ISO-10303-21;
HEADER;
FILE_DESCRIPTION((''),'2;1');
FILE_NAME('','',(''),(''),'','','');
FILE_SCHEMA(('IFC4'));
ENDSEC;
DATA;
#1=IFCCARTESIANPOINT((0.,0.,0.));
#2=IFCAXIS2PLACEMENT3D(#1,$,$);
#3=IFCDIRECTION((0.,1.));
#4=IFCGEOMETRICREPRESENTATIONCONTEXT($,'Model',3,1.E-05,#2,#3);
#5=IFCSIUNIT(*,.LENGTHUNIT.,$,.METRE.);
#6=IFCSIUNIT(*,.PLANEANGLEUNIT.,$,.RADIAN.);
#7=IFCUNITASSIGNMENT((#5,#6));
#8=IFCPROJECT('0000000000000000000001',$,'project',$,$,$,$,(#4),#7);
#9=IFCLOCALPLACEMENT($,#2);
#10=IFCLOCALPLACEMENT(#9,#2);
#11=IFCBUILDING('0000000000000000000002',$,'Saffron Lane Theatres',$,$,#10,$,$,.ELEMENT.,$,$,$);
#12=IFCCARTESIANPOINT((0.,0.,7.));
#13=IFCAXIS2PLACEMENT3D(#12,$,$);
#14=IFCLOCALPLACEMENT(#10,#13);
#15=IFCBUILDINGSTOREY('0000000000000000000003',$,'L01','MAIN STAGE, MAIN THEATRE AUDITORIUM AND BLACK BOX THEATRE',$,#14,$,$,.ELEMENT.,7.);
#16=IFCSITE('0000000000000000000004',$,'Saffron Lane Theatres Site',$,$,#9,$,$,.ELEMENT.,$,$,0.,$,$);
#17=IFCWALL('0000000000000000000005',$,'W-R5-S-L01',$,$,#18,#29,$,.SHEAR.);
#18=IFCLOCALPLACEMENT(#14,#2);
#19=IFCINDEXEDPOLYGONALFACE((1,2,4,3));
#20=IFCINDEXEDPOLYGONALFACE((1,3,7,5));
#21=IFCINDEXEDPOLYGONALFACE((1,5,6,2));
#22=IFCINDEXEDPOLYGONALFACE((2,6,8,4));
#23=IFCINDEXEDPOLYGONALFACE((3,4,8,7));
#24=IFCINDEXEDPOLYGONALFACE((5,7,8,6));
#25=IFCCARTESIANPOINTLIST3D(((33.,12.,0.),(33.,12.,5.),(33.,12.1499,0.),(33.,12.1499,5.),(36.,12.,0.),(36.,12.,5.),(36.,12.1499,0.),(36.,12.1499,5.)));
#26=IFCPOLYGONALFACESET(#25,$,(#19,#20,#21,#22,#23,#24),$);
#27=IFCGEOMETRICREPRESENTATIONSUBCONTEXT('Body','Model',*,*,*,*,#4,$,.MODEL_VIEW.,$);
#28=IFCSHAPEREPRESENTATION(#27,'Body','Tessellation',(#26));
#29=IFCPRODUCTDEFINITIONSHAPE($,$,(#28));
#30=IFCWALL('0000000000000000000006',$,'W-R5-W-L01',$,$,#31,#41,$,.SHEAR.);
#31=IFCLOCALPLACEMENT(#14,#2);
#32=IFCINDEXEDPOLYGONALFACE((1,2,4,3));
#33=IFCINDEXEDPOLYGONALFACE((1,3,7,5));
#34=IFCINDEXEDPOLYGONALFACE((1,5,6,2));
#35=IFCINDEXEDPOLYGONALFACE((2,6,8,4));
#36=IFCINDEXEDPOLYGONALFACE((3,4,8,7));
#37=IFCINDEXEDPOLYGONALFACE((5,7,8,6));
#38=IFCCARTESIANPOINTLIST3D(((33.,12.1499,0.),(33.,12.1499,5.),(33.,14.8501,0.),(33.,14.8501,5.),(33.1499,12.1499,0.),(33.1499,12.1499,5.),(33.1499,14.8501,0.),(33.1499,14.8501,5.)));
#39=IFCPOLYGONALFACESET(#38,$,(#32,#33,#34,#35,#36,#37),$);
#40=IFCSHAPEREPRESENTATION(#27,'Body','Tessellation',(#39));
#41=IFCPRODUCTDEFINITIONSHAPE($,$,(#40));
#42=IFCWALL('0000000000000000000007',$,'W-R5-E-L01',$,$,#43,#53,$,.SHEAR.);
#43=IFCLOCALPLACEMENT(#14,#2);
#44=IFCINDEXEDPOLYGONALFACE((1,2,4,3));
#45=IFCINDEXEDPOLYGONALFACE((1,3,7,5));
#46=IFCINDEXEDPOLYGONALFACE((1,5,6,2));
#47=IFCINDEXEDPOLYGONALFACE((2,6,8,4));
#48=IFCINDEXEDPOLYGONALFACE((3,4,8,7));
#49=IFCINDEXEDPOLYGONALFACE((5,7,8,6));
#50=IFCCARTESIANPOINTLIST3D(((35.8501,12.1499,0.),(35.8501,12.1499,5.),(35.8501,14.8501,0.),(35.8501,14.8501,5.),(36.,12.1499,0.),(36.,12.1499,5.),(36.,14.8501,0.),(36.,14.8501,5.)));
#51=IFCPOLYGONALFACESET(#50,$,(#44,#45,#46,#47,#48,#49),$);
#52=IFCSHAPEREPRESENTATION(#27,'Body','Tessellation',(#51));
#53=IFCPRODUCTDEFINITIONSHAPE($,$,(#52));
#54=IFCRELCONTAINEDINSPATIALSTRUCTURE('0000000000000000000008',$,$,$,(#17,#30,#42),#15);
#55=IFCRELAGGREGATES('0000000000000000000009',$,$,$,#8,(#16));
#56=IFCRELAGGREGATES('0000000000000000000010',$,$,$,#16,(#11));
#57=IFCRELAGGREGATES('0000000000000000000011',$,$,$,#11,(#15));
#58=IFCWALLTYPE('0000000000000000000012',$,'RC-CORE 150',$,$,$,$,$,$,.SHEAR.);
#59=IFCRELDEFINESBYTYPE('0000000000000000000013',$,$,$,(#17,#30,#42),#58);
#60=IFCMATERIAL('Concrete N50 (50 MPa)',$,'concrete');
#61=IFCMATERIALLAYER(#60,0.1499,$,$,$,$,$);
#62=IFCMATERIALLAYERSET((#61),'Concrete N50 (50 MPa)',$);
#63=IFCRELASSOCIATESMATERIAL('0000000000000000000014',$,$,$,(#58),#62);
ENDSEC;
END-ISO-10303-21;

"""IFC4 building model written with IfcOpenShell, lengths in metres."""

from ifc_helpers import new_model, si_unit, direction, frame, frame_2d, origin, place, context, subcontext, project, spatial, rectangle, extrude, material, layer, layer_set, type_object, element, save


model = new_model("IFC4")

# Units and contexts
model_context = context("Model", 3, precision=1e-05, world=origin(), true_north=direction((0.0, 1.0)))
body_context = subcontext(model_context, "Body", "Model", "MODEL_VIEW")
ifc_project = project(units=[si_unit("LENGTHUNIT", "METRE"), si_unit("PLANEANGLEUNIT", "RADIAN")], contexts=[model_context])

# Site, building, storey
site_placement = place(None, origin())
site = spatial("IfcSite", under=ifc_project, at=site_placement, Name="Saffron Lane Theatres Site", CompositionType="ELEMENT", RefElevation=0.0)
building_placement = place(site_placement, origin())
building = spatial("IfcBuilding", under=site, at=building_placement, Name="Saffron Lane Theatres", CompositionType="ELEMENT")
storey_placement = place(building_placement, frame((0.0, 0.0, 7.0)))
storey = spatial("IfcBuildingStorey", under=building, at=storey_placement, Name="L01", Description="MAIN STAGE, MAIN THEATRE AUDITORIUM AND BLACK BOX THEATRE", CompositionType="ELEMENT", Elevation=7.0)

# Walls
ifc_material_1 = material(Name="Concrete N50 (50 MPa)", Category="concrete")
ifc_layer_1 = layer(ifc_material_1, 0.1499)
ifc_layer_set_1 = layer_set([ifc_layer_1], Name="Concrete N50 (50 MPa)")
wall_type_1 = type_object("IfcWallType", Name="RC-CORE 150", PredefinedType="SHEAR", material=ifc_layer_set_1)
for number, where, z_axis, x_axis, name in (
    (1, (33.0, 12.075, 0.0), (0.0, 0.0, 1.0), (1.0, 0.0, 0.0), "W-R5-S-L01"),
):
    element("IfcWall", number, at=place(storey_placement, frame(where, z_axis=z_axis, x_axis=x_axis)), inside=storey, type_object=wall_type_1, Name=name, PredefinedType="SHEAR", context=body_context, shape_type="SweptSolid", body=[
        extrude(rectangle(XDim=3.0, YDim=0.1499, at=frame_2d((1.5, 0.0))), origin(), (0.0, 0.0, 1.0), 5.0),
    ])
for number, where, z_axis, x_axis, name in (
    (2, (33.075, 12.1499, 0.0), (0.0, 0.0, 1.0), (0.0, 1.0, 0.0), "W-R5-W-L01"),
    (3, (35.925, 12.1499, 0.0), (0.0, 0.0, 1.0), (0.0, 1.0, 0.0), "W-R5-E-L01"),
):
    element("IfcWall", number, at=place(storey_placement, frame(where, z_axis=z_axis, x_axis=x_axis)), inside=storey, type_object=wall_type_1, Name=name, PredefinedType="SHEAR", context=body_context, shape_type="SweptSolid", body=[
        extrude(rectangle(XDim=2.7002, YDim=0.1499, at=frame_2d((1.3501, 0.0))), origin(), (0.0, 0.0, 1.0), 5.0),
    ])

save(model, "model.ifc")
